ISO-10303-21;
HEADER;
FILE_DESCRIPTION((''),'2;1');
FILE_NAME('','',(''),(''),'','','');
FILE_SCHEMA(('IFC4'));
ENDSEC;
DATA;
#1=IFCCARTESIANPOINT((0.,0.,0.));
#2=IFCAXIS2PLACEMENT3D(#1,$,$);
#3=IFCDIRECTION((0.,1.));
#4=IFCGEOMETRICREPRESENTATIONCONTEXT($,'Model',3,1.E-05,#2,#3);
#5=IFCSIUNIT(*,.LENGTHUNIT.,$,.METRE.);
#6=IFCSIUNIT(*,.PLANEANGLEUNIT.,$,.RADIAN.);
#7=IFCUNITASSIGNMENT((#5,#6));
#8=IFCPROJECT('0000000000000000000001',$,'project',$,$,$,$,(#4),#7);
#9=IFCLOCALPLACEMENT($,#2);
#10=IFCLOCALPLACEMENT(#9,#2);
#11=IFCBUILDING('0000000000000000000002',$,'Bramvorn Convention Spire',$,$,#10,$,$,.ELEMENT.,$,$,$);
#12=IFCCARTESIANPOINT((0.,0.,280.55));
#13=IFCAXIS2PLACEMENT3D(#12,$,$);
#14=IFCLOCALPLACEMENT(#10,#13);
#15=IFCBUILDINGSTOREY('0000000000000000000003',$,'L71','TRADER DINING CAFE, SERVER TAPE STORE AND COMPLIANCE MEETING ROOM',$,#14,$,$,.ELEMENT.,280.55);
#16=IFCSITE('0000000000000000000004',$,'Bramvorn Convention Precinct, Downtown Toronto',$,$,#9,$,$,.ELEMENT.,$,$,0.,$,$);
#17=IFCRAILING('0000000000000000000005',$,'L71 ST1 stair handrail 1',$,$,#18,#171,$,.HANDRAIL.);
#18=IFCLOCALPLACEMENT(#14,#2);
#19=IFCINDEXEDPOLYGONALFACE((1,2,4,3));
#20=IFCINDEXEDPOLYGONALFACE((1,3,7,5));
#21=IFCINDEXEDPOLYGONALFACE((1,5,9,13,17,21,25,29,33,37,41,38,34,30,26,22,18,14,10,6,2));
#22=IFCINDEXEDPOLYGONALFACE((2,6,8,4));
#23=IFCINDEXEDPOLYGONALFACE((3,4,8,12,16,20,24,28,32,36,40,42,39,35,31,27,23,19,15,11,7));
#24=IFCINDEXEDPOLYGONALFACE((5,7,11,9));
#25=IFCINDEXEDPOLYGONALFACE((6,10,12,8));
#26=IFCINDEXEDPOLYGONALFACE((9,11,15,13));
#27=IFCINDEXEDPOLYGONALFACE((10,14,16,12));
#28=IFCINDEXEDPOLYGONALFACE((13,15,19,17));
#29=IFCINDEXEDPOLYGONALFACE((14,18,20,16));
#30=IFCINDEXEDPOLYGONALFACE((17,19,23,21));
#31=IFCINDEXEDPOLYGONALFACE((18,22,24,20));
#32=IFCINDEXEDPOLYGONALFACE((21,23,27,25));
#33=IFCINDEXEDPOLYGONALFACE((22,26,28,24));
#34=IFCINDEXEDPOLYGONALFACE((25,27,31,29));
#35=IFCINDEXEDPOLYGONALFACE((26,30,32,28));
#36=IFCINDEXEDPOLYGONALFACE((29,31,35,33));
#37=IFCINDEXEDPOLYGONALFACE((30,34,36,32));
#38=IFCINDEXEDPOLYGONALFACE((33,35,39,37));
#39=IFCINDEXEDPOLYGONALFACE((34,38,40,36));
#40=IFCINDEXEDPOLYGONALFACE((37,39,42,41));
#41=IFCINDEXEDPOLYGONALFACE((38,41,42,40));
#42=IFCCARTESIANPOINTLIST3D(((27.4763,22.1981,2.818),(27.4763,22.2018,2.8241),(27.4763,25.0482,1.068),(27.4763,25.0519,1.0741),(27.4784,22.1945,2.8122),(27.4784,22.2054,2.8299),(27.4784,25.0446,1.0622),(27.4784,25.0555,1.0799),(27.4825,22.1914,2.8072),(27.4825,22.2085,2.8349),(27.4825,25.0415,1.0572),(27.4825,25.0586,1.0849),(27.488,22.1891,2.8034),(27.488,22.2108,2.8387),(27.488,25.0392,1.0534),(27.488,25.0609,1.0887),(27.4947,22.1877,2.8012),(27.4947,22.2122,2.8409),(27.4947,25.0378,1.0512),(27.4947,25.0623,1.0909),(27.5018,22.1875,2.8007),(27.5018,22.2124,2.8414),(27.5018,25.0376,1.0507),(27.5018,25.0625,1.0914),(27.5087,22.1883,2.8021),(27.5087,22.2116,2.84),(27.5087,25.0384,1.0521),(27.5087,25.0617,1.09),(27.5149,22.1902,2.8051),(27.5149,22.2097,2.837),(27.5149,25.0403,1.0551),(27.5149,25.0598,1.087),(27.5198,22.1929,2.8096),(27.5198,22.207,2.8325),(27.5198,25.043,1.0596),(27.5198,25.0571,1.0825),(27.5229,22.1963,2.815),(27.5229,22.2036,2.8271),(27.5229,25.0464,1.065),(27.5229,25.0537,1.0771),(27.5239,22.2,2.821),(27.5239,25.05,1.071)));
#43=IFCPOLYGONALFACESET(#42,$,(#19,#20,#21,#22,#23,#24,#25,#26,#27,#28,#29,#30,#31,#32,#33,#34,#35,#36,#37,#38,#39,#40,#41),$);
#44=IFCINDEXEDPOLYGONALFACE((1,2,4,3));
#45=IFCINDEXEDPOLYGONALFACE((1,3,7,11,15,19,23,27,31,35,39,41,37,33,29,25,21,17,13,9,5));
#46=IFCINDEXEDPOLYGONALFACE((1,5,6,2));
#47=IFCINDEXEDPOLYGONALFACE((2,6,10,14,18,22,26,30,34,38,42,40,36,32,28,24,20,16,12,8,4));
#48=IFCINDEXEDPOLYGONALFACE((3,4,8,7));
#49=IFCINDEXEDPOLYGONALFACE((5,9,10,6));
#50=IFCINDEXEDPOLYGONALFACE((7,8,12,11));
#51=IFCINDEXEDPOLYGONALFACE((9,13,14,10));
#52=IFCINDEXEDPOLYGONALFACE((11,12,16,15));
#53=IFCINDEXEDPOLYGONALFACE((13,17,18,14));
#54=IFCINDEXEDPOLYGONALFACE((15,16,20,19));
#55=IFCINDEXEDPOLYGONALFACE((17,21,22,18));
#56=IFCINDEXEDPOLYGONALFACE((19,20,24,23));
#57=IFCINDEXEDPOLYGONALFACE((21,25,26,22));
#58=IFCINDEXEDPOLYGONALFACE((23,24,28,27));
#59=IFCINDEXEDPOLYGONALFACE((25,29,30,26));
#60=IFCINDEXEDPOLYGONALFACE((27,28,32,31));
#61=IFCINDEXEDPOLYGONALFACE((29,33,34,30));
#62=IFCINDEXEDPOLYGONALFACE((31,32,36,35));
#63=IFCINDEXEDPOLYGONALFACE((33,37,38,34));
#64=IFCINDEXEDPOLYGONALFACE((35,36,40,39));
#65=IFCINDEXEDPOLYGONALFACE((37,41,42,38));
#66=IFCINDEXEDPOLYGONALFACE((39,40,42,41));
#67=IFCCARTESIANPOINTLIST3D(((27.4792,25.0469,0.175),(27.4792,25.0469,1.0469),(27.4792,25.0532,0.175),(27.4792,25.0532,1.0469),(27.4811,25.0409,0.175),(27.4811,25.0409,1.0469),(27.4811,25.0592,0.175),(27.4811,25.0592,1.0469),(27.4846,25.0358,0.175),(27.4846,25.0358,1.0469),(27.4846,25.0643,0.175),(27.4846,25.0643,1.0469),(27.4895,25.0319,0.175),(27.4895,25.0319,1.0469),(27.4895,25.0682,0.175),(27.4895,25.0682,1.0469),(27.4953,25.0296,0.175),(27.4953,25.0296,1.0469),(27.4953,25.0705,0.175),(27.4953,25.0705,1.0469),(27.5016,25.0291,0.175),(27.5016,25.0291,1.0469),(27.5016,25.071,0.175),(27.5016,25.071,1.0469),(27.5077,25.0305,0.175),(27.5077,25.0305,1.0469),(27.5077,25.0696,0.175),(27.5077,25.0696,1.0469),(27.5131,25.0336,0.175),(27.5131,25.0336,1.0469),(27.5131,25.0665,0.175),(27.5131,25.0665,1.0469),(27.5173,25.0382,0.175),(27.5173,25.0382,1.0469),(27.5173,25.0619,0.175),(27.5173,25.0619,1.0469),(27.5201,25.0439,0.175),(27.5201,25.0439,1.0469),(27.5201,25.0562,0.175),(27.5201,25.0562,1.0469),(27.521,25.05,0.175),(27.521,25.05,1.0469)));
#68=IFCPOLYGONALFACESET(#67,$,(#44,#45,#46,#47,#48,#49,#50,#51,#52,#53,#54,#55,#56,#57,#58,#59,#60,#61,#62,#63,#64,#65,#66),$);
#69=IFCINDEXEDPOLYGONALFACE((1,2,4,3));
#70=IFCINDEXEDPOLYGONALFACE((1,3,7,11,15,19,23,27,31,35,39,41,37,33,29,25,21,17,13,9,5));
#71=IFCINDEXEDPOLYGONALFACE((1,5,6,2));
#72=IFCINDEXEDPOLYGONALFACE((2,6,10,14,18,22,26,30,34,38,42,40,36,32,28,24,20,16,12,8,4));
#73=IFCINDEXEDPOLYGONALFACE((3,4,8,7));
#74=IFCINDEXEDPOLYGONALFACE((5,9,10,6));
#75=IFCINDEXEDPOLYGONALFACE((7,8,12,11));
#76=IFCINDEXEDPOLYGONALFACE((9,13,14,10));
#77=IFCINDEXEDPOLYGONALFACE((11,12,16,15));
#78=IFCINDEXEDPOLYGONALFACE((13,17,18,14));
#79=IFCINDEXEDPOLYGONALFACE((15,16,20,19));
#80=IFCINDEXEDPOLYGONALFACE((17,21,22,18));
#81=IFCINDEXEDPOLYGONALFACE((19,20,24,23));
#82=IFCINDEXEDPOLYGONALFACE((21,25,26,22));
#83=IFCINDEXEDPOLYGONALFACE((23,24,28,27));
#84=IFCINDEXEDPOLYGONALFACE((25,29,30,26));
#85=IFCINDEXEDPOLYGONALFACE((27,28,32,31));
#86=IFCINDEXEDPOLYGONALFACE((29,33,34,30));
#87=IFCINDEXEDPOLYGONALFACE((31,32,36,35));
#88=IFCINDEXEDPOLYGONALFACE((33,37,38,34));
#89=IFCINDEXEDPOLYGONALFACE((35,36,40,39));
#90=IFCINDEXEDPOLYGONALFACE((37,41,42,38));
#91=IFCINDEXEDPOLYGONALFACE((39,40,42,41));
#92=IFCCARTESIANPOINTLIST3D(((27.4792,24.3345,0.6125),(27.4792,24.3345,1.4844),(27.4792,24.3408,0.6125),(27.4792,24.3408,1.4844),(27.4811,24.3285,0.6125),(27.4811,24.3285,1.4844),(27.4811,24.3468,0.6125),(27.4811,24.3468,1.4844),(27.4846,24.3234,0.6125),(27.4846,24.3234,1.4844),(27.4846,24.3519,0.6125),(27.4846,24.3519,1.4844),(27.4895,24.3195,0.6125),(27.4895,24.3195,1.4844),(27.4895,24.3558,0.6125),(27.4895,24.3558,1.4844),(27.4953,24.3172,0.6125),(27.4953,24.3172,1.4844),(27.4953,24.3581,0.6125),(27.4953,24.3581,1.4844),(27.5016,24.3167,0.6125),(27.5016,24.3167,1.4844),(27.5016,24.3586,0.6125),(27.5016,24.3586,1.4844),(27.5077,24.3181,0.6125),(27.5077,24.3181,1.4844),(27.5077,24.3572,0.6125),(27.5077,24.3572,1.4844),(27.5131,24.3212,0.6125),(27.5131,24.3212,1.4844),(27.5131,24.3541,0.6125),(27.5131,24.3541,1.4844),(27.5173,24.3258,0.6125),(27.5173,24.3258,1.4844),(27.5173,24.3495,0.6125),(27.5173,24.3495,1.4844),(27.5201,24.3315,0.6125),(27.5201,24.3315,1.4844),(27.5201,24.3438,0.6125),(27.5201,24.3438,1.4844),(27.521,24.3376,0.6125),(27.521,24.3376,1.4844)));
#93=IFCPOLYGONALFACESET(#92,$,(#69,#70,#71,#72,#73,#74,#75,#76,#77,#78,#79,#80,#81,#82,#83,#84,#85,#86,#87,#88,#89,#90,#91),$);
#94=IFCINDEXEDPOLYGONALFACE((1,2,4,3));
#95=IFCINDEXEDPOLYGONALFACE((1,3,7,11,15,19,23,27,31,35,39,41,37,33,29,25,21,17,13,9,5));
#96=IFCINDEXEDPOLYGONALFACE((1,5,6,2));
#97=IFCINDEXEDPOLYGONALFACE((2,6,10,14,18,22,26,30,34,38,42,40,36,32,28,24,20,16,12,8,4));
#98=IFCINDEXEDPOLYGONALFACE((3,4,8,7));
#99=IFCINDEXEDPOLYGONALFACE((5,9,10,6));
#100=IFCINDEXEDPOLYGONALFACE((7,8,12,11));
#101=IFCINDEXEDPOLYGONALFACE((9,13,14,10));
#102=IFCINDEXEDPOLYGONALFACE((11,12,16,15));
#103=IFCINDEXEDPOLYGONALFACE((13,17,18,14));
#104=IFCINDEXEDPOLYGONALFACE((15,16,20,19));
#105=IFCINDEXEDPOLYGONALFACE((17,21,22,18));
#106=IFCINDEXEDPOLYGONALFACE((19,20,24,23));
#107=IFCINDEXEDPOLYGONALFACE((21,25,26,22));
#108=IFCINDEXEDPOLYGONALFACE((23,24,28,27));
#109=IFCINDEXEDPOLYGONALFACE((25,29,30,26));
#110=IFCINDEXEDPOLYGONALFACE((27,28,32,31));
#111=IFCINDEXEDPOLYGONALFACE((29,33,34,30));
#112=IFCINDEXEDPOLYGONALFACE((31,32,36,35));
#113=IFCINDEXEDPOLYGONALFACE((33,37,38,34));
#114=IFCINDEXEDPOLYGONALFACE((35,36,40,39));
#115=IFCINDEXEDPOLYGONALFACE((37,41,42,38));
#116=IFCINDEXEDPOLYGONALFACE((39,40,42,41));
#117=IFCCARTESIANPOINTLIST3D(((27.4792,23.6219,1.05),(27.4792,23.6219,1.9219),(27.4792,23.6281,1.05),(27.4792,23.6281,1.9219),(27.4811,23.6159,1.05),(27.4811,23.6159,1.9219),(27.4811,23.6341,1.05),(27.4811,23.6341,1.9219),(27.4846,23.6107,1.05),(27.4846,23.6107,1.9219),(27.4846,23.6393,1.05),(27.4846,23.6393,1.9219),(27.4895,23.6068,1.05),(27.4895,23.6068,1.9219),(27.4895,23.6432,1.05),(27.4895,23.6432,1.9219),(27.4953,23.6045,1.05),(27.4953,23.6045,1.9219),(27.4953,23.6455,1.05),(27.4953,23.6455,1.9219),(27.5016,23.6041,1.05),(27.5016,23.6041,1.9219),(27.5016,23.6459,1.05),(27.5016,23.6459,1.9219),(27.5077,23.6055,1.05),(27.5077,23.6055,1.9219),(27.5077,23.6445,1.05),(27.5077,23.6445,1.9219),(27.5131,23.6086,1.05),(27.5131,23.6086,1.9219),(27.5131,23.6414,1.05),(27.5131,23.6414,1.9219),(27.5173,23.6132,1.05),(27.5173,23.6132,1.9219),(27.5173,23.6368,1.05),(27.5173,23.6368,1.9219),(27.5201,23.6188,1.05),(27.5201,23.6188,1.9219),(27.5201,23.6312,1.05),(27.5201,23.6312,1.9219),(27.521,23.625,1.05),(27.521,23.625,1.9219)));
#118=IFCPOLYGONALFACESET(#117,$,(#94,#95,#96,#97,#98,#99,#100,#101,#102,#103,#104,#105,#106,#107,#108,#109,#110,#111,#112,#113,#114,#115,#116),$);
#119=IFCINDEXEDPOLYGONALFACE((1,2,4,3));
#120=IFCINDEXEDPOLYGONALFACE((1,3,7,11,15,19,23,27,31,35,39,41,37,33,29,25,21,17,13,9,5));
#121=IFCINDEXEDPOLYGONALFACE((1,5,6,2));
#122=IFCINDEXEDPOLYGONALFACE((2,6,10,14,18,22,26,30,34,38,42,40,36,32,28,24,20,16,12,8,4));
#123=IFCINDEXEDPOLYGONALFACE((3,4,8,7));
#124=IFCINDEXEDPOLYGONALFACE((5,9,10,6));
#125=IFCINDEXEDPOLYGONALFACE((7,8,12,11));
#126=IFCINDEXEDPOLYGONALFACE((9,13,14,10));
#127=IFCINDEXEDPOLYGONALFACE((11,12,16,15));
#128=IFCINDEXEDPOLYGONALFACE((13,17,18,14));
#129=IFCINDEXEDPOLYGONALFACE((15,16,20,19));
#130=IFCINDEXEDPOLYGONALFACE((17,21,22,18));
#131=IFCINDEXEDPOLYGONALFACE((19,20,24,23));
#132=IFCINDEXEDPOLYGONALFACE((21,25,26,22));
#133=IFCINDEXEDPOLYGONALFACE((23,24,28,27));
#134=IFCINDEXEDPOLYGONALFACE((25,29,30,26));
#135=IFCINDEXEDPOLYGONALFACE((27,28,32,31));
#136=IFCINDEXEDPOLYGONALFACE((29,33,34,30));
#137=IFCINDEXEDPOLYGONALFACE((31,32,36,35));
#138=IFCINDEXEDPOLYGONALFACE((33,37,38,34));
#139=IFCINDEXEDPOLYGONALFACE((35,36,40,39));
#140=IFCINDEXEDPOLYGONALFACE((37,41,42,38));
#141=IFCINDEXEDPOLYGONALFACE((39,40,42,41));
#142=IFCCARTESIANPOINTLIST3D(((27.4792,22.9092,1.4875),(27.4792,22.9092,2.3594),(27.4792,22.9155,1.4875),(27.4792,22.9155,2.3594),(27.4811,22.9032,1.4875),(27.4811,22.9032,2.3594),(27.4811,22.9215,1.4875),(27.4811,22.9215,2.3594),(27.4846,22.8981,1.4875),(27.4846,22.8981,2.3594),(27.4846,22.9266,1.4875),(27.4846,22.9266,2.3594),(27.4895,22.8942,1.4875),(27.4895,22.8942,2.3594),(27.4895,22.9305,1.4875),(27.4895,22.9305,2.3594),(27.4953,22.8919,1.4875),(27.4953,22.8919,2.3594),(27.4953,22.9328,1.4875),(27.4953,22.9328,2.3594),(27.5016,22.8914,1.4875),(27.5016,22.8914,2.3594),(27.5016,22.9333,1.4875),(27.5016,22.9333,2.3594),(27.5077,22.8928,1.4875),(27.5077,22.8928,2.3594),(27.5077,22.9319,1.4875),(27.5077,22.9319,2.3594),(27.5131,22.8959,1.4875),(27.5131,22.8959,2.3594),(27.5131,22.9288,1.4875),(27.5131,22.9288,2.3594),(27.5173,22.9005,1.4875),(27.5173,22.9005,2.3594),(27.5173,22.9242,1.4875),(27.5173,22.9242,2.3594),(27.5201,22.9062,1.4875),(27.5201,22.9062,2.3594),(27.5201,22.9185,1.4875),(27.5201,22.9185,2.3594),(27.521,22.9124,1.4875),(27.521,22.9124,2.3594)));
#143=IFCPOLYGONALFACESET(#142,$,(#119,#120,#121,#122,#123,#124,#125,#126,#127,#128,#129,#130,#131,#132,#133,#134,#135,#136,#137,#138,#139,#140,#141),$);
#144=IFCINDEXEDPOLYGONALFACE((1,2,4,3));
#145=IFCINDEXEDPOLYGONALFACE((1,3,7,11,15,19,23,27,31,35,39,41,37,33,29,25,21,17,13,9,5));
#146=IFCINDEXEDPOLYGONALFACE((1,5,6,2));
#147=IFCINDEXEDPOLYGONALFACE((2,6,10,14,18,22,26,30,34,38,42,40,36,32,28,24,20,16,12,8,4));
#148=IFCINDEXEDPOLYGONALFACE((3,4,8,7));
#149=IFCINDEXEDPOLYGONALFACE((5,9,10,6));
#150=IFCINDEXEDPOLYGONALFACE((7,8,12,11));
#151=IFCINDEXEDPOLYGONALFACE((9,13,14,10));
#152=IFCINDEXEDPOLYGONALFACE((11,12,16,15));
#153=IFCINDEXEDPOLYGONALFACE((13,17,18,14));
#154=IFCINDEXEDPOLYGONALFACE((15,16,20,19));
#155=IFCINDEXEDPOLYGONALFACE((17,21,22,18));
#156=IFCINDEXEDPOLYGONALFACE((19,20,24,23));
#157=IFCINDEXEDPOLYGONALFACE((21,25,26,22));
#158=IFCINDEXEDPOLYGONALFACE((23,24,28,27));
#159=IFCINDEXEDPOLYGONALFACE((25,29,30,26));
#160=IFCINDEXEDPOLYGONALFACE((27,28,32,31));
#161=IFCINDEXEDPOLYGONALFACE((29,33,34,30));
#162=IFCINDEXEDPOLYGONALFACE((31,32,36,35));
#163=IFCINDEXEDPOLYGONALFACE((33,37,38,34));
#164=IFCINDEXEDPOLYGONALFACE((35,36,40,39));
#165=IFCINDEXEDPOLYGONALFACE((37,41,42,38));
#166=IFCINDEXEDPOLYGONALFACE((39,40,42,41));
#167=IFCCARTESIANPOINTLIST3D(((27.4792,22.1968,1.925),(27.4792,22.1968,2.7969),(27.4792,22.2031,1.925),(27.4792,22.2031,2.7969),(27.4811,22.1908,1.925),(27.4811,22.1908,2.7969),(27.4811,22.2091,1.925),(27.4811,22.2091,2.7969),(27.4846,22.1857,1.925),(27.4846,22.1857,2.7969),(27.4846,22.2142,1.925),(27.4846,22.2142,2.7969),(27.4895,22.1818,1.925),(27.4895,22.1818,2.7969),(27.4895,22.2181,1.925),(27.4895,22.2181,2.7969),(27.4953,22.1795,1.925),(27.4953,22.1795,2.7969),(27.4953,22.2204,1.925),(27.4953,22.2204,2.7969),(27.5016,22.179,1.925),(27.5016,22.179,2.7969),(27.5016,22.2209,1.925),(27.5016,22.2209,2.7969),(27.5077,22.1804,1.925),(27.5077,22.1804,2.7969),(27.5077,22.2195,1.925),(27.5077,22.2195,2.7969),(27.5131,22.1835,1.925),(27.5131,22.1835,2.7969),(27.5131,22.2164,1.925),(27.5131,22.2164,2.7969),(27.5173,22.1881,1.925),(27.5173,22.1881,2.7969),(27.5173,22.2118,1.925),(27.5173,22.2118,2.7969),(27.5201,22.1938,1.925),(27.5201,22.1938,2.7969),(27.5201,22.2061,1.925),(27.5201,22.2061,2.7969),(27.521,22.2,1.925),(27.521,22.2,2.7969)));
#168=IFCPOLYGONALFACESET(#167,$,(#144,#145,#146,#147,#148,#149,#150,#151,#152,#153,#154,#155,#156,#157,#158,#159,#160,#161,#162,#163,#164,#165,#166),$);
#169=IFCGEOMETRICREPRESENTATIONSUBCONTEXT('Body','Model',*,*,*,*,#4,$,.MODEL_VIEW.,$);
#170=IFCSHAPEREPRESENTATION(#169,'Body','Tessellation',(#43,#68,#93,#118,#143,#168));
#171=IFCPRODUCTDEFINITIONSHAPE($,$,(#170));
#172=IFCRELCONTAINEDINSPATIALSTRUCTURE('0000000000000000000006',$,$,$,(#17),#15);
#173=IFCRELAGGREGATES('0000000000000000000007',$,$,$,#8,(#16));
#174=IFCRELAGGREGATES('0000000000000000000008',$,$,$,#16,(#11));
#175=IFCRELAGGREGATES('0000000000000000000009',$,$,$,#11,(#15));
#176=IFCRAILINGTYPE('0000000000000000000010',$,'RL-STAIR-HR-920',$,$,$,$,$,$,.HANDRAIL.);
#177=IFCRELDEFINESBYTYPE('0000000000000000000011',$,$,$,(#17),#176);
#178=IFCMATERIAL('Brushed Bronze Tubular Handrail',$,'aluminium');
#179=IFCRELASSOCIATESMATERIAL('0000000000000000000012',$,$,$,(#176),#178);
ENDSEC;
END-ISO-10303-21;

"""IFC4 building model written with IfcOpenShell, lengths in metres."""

from ifc_helpers import new_model, si_unit, direction, frame, origin, origin_2d, place, context, subcontext, project, spatial, circle, extrude, material, type_object, element, save


model = new_model("IFC4")

# Units and contexts
model_context = context("Model", 3, precision=1e-05, world=origin(), true_north=direction((0.0, 1.0)))
body_context = subcontext(model_context, "Body", "Model", "MODEL_VIEW")
ifc_project = project(units=[si_unit("LENGTHUNIT", "METRE"), si_unit("PLANEANGLEUNIT", "RADIAN")], contexts=[model_context])

# Site, building, storey
site_placement = place(None, origin())
site = spatial("IfcSite", under=ifc_project, at=site_placement, Name="Bramvorn Convention Precinct, Downtown Toronto", CompositionType="ELEMENT", RefElevation=0.0)
building_placement = place(site_placement, origin())
building = spatial("IfcBuilding", under=site, at=building_placement, Name="Bramvorn Convention Spire", CompositionType="ELEMENT")
storey_placement = place(building_placement, frame((0.0, 0.0, 280.55)))
storey = spatial("IfcBuildingStorey", under=building, at=storey_placement, Name="L71", Description="TRADER DINING CAFE, SERVER TAPE STORE AND COMPLIANCE MEETING ROOM", CompositionType="ELEMENT", Elevation=280.55)

# Railing
ifc_material_1 = material(Name="Brushed Bronze Tubular Handrail", Category="aluminium")
railing_type_1 = type_object("IfcRailingType", Name="RL-STAIR-HR-920", PredefinedType="HANDRAIL", material=ifc_material_1)
railing_1_placement = place(storey_placement, frame((27.5, 25.05, 0.175)))
element("IfcRailing", 1, at=railing_1_placement, inside=storey, type_object=railing_type_1, Name="L71 ST1 stair handrail 1", PredefinedType="HANDRAIL", context=body_context, shape_type="SweptSolid", body=[
    extrude(circle(Radius=0.0239, at=origin_2d()), frame((0.0, 0.0, 0.896), z_axis=(0.0, -0.852179, 0.52325), x_axis=(1.0, 0.0, 0.0)), (0.0, 0.0, 1.0), 3.3445),
    extrude(circle(Radius=0.021, at=origin_2d()), origin(), (0.0, 0.0, 1.0), 0.8718),
    extrude(circle(Radius=0.021, at=origin_2d()), frame((0.0, -0.7124, 0.4375)), (0.0, 0.0, 1.0), 0.8718),
    extrude(circle(Radius=0.021, at=origin_2d()), frame((0.0, -1.425, 0.875)), (0.0, 0.0, 1.0), 0.8718),
    extrude(circle(Radius=0.021, at=origin_2d()), frame((0.0, -2.1377, 1.3125)), (0.0, 0.0, 1.0), 0.8718),
    extrude(circle(Radius=0.021, at=origin_2d()), frame((0.0, -2.8501, 1.75)), (0.0, 0.0, 1.0), 0.8718),
])

save(model, "model.ifc")
